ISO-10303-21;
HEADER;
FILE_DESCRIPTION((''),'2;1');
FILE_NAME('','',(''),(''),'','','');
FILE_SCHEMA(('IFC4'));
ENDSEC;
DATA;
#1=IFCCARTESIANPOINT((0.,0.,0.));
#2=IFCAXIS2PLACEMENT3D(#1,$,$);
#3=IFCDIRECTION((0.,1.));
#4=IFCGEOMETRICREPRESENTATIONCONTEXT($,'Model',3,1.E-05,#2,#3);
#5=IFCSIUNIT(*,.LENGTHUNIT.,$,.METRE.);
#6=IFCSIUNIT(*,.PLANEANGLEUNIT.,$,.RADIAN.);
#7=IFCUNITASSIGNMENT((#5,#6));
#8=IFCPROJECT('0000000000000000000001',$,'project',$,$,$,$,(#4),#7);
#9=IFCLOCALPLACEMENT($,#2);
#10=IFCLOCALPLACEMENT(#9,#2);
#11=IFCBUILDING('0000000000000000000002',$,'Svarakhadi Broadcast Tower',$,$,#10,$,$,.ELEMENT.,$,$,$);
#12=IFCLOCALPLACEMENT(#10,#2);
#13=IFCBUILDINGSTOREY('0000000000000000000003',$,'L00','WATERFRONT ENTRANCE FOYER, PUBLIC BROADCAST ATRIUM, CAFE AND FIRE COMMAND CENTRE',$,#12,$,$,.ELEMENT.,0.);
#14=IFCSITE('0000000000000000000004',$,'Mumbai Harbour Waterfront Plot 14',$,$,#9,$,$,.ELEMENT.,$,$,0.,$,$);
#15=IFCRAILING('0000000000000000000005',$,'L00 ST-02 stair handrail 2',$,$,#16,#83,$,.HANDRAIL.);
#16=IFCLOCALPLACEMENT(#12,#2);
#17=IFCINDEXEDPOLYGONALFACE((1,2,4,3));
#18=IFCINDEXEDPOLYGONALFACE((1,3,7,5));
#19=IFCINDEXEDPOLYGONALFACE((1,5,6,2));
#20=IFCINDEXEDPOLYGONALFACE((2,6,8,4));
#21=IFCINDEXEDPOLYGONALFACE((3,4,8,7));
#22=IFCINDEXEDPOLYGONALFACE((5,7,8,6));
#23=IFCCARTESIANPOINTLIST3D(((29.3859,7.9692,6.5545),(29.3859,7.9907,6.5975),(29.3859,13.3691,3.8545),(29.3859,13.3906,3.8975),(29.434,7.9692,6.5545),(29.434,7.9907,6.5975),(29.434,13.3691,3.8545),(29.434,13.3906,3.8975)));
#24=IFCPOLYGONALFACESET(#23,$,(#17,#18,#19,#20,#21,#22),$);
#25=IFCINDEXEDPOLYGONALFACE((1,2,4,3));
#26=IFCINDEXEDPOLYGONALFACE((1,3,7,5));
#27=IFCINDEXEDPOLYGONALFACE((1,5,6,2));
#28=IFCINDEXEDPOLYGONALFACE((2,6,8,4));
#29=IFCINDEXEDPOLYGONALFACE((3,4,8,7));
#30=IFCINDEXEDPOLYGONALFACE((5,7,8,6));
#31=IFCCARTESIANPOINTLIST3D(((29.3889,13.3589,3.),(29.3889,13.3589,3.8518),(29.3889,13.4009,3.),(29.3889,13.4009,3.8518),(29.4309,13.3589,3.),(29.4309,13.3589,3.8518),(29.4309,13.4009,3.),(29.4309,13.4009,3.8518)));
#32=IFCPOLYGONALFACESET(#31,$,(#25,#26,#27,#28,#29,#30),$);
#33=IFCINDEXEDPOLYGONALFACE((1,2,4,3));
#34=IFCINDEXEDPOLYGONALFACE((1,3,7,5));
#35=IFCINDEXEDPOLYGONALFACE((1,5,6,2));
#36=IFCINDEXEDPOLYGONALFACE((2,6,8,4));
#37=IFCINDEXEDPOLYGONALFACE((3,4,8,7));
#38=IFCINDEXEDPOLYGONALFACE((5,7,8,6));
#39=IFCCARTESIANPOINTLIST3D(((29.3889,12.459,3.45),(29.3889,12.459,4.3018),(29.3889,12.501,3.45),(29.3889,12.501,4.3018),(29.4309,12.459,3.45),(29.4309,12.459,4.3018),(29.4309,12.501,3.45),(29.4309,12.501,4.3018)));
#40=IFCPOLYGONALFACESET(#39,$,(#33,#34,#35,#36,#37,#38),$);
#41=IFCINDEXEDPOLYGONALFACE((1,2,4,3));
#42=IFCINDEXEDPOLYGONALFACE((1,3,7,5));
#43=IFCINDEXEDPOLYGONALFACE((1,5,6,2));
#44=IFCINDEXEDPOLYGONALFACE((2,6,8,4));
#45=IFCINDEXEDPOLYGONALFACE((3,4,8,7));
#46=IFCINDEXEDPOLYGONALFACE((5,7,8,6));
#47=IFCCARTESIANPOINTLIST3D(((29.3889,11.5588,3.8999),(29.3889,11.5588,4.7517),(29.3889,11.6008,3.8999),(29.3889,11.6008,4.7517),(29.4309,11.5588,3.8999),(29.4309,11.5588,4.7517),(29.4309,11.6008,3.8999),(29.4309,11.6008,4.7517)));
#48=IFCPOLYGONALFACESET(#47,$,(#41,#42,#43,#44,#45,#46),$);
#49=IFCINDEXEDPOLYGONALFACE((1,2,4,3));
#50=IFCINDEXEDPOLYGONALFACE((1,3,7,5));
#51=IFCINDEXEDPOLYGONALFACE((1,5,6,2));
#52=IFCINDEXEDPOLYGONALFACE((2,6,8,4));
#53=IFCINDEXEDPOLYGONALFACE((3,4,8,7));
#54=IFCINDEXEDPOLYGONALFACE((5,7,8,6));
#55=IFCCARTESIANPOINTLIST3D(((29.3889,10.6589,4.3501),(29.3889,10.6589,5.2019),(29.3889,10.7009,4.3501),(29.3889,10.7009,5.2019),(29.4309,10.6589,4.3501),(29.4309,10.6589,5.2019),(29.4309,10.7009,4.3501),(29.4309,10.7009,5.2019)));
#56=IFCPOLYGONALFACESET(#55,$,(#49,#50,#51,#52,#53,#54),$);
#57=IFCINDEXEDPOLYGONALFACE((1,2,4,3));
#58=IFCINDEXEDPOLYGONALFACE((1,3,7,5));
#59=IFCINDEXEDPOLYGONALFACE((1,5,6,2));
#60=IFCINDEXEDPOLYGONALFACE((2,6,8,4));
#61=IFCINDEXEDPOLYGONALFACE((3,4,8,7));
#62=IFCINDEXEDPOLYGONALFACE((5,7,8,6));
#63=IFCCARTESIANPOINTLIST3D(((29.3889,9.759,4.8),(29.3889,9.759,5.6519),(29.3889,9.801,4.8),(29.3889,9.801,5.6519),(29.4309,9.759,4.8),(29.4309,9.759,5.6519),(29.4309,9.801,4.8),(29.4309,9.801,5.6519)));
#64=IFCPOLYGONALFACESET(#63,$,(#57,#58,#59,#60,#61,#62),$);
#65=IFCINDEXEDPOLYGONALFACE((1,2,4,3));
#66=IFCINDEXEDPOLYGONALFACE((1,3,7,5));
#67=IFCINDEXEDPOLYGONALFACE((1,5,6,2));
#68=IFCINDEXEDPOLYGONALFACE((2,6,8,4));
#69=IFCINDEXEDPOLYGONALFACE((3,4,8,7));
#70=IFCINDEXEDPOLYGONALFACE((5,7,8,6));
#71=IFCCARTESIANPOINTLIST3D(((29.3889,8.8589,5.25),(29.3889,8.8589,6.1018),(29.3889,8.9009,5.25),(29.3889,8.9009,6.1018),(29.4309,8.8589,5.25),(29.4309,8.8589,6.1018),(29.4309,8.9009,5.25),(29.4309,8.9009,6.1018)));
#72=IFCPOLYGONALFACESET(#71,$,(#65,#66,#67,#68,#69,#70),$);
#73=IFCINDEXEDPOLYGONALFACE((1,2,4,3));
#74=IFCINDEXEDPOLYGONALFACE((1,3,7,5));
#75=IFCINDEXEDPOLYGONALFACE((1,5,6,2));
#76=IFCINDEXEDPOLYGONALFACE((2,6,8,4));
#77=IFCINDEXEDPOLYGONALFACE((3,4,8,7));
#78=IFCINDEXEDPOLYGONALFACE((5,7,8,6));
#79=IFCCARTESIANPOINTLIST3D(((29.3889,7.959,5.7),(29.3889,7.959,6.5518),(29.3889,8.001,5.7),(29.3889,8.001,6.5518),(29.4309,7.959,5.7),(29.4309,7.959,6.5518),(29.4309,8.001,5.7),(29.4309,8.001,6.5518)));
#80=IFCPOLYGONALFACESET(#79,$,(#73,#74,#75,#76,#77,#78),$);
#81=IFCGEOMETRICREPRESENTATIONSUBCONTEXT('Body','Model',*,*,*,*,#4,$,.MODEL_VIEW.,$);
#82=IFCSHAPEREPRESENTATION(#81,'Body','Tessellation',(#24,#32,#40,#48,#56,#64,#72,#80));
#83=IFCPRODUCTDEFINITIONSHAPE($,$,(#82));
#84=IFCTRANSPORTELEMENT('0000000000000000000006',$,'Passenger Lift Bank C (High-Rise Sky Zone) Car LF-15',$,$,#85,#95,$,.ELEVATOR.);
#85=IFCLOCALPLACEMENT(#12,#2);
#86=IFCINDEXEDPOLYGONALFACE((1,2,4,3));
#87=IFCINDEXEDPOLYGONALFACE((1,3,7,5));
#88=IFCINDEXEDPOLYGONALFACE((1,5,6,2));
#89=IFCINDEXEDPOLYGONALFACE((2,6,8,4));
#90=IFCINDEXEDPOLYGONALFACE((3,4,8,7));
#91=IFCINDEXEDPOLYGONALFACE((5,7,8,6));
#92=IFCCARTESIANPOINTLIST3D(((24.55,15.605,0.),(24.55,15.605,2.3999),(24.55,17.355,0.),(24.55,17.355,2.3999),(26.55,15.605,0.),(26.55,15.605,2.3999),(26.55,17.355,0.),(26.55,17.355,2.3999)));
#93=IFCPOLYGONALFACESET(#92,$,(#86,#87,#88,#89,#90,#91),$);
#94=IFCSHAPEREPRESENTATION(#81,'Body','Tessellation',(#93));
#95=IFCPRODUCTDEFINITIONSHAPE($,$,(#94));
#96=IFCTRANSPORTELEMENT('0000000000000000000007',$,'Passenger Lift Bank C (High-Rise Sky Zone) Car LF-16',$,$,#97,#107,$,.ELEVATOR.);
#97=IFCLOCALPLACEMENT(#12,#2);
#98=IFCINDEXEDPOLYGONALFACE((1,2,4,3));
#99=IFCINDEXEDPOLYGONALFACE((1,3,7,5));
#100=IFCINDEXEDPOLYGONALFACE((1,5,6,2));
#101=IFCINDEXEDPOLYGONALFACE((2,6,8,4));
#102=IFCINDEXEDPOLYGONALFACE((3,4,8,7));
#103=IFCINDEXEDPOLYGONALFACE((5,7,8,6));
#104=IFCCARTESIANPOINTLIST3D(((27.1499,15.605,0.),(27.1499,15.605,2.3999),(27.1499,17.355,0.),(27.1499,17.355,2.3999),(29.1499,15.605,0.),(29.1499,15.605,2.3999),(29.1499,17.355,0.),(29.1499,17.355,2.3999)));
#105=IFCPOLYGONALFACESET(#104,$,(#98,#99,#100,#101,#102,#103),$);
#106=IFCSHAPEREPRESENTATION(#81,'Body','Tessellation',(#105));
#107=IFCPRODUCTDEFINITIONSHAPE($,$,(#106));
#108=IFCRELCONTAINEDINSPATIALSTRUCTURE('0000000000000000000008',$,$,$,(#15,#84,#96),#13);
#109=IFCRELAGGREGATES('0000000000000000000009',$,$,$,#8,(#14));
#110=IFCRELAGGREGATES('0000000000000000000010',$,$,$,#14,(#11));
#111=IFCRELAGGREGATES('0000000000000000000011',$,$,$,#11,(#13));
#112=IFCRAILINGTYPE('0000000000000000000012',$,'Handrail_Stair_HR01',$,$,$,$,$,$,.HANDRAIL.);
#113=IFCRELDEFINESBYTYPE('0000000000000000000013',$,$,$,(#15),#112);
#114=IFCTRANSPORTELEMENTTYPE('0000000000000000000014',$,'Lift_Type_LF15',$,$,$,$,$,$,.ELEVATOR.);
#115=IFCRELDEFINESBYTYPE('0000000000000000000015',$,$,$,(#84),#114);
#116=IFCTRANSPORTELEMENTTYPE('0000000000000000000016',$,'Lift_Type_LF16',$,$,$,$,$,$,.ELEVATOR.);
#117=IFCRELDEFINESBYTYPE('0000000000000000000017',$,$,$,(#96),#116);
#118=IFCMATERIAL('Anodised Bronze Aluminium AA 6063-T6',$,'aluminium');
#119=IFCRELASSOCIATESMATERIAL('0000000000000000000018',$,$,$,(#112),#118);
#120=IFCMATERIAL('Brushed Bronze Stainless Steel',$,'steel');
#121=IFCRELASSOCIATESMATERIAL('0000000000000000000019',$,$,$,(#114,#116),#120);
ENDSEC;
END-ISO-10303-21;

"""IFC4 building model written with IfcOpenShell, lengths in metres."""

from ifc_helpers import new_model, si_unit, direction, frame, origin, origin_2d, place, context, subcontext, project, spatial, rectangle, extrude, material, type_object, element, save


model = new_model("IFC4")

# Units and contexts
model_context = context("Model", 3, precision=1e-05, world=origin(), true_north=direction((0.0, 1.0)))
body_context = subcontext(model_context, "Body", "Model", "MODEL_VIEW")
ifc_project = project(units=[si_unit("LENGTHUNIT", "METRE"), si_unit("PLANEANGLEUNIT", "RADIAN")], contexts=[model_context])

# Site, building, storey
site_placement = place(None, origin())
site = spatial("IfcSite", under=ifc_project, at=site_placement, Name="Mumbai Harbour Waterfront Plot 14", CompositionType="ELEMENT", RefElevation=0.0)
building_placement = place(site_placement, origin())
building = spatial("IfcBuilding", under=site, at=building_placement, Name="Svarakhadi Broadcast Tower", CompositionType="ELEMENT")
storey_placement = place(building_placement, origin())
storey = spatial("IfcBuildingStorey", under=building, at=storey_placement, Name="L00", Description="WATERFRONT ENTRANCE FOYER, PUBLIC BROADCAST ATRIUM, CAFE AND FIRE COMMAND CENTRE", CompositionType="ELEMENT", Elevation=0.0)

# Railing
ifc_material_1 = material(Name="Anodised Bronze Aluminium AA 6063-T6", Category="aluminium")
railing_type_1 = type_object("IfcRailingType", Name="Handrail_Stair_HR01", PredefinedType="HANDRAIL", material=ifc_material_1)
railing_1_placement = place(storey_placement, frame((29.4099, 13.3799, 3.0)))
element("IfcRailing", 1, at=railing_1_placement, inside=storey, type_object=railing_type_1, Name="L00 ST-02 stair handrail 2", PredefinedType="HANDRAIL", context=body_context, shape_type="SweptSolid", body=[
    extrude(rectangle(XDim=0.0481, YDim=0.0481, at=origin_2d()), frame((0.0, 0.0, 0.876), z_axis=(0.0, -0.894427, 0.447214), x_axis=(1.0, 0.0, 0.0)), (0.0, 0.0, 1.0), 6.0374),
    extrude(rectangle(XDim=0.042, YDim=0.042, at=origin_2d()), origin(), (0.0, 0.0, 1.0), 0.8518),
    extrude(rectangle(XDim=0.042, YDim=0.042, at=origin_2d()), frame((0.0, -0.8999, 0.45)), (0.0, 0.0, 1.0), 0.8518),
    extrude(rectangle(XDim=0.042, YDim=0.042, at=origin_2d()), frame((0.0, -1.8, 0.8999)), (0.0, 0.0, 1.0), 0.8518),
    extrude(rectangle(XDim=0.042, YDim=0.042, at=origin_2d()), frame((0.0, -2.7, 1.3501)), (0.0, 0.0, 1.0), 0.8518),
    extrude(rectangle(XDim=0.042, YDim=0.042, at=origin_2d()), frame((0.0, -3.5999, 1.8)), (0.0, 0.0, 1.0), 0.8518),
    extrude(rectangle(XDim=0.042, YDim=0.042, at=origin_2d()), frame((0.0, -4.5, 2.25)), (0.0, 0.0, 1.0), 0.8518),
    extrude(rectangle(XDim=0.042, YDim=0.042, at=origin_2d()), frame((0.0, -5.3999, 2.7)), (0.0, 0.0, 1.0), 0.8518),
])

# Transport elements
ifc_material_2 = material(Name="Brushed Bronze Stainless Steel", Category="steel")
transport_element_type_1 = type_object("IfcTransportElementType", Name="Lift_Type_LF15", PredefinedType="ELEVATOR", material=ifc_material_2)
transport_element_1_placement = place(storey_placement, frame((25.55, 16.48, 0.0), z_axis=(0.0, 0.0, 1.0), x_axis=(1.0, 0.0, 0.0)))
element("IfcTransportElement", 2, at=transport_element_1_placement, inside=storey, type_object=transport_element_type_1, Name="Passenger Lift Bank C (High-Rise Sky Zone) Car LF-15", PredefinedType="ELEVATOR", context=body_context, shape_type="SweptSolid", body=[
    extrude(rectangle(XDim=2.0, YDim=1.75, at=origin_2d()), origin(), (0.0, 0.0, 1.0), 2.3999),
])
transport_element_type_2 = type_object("IfcTransportElementType", Name="Lift_Type_LF16", PredefinedType="ELEVATOR", material=ifc_material_2)
transport_element_2_placement = place(storey_placement, frame((28.1499, 16.48, 0.0), z_axis=(0.0, 0.0, 1.0), x_axis=(1.0, 0.0, 0.0)))
element("IfcTransportElement", 3, at=transport_element_2_placement, inside=storey, type_object=transport_element_type_2, Name="Passenger Lift Bank C (High-Rise Sky Zone) Car LF-16", PredefinedType="ELEVATOR", context=body_context, shape_type="SweptSolid", body=[
    extrude(rectangle(XDim=2.0, YDim=1.75, at=origin_2d()), origin(), (0.0, 0.0, 1.0), 2.3999),
])

save(model, "model.ifc")
